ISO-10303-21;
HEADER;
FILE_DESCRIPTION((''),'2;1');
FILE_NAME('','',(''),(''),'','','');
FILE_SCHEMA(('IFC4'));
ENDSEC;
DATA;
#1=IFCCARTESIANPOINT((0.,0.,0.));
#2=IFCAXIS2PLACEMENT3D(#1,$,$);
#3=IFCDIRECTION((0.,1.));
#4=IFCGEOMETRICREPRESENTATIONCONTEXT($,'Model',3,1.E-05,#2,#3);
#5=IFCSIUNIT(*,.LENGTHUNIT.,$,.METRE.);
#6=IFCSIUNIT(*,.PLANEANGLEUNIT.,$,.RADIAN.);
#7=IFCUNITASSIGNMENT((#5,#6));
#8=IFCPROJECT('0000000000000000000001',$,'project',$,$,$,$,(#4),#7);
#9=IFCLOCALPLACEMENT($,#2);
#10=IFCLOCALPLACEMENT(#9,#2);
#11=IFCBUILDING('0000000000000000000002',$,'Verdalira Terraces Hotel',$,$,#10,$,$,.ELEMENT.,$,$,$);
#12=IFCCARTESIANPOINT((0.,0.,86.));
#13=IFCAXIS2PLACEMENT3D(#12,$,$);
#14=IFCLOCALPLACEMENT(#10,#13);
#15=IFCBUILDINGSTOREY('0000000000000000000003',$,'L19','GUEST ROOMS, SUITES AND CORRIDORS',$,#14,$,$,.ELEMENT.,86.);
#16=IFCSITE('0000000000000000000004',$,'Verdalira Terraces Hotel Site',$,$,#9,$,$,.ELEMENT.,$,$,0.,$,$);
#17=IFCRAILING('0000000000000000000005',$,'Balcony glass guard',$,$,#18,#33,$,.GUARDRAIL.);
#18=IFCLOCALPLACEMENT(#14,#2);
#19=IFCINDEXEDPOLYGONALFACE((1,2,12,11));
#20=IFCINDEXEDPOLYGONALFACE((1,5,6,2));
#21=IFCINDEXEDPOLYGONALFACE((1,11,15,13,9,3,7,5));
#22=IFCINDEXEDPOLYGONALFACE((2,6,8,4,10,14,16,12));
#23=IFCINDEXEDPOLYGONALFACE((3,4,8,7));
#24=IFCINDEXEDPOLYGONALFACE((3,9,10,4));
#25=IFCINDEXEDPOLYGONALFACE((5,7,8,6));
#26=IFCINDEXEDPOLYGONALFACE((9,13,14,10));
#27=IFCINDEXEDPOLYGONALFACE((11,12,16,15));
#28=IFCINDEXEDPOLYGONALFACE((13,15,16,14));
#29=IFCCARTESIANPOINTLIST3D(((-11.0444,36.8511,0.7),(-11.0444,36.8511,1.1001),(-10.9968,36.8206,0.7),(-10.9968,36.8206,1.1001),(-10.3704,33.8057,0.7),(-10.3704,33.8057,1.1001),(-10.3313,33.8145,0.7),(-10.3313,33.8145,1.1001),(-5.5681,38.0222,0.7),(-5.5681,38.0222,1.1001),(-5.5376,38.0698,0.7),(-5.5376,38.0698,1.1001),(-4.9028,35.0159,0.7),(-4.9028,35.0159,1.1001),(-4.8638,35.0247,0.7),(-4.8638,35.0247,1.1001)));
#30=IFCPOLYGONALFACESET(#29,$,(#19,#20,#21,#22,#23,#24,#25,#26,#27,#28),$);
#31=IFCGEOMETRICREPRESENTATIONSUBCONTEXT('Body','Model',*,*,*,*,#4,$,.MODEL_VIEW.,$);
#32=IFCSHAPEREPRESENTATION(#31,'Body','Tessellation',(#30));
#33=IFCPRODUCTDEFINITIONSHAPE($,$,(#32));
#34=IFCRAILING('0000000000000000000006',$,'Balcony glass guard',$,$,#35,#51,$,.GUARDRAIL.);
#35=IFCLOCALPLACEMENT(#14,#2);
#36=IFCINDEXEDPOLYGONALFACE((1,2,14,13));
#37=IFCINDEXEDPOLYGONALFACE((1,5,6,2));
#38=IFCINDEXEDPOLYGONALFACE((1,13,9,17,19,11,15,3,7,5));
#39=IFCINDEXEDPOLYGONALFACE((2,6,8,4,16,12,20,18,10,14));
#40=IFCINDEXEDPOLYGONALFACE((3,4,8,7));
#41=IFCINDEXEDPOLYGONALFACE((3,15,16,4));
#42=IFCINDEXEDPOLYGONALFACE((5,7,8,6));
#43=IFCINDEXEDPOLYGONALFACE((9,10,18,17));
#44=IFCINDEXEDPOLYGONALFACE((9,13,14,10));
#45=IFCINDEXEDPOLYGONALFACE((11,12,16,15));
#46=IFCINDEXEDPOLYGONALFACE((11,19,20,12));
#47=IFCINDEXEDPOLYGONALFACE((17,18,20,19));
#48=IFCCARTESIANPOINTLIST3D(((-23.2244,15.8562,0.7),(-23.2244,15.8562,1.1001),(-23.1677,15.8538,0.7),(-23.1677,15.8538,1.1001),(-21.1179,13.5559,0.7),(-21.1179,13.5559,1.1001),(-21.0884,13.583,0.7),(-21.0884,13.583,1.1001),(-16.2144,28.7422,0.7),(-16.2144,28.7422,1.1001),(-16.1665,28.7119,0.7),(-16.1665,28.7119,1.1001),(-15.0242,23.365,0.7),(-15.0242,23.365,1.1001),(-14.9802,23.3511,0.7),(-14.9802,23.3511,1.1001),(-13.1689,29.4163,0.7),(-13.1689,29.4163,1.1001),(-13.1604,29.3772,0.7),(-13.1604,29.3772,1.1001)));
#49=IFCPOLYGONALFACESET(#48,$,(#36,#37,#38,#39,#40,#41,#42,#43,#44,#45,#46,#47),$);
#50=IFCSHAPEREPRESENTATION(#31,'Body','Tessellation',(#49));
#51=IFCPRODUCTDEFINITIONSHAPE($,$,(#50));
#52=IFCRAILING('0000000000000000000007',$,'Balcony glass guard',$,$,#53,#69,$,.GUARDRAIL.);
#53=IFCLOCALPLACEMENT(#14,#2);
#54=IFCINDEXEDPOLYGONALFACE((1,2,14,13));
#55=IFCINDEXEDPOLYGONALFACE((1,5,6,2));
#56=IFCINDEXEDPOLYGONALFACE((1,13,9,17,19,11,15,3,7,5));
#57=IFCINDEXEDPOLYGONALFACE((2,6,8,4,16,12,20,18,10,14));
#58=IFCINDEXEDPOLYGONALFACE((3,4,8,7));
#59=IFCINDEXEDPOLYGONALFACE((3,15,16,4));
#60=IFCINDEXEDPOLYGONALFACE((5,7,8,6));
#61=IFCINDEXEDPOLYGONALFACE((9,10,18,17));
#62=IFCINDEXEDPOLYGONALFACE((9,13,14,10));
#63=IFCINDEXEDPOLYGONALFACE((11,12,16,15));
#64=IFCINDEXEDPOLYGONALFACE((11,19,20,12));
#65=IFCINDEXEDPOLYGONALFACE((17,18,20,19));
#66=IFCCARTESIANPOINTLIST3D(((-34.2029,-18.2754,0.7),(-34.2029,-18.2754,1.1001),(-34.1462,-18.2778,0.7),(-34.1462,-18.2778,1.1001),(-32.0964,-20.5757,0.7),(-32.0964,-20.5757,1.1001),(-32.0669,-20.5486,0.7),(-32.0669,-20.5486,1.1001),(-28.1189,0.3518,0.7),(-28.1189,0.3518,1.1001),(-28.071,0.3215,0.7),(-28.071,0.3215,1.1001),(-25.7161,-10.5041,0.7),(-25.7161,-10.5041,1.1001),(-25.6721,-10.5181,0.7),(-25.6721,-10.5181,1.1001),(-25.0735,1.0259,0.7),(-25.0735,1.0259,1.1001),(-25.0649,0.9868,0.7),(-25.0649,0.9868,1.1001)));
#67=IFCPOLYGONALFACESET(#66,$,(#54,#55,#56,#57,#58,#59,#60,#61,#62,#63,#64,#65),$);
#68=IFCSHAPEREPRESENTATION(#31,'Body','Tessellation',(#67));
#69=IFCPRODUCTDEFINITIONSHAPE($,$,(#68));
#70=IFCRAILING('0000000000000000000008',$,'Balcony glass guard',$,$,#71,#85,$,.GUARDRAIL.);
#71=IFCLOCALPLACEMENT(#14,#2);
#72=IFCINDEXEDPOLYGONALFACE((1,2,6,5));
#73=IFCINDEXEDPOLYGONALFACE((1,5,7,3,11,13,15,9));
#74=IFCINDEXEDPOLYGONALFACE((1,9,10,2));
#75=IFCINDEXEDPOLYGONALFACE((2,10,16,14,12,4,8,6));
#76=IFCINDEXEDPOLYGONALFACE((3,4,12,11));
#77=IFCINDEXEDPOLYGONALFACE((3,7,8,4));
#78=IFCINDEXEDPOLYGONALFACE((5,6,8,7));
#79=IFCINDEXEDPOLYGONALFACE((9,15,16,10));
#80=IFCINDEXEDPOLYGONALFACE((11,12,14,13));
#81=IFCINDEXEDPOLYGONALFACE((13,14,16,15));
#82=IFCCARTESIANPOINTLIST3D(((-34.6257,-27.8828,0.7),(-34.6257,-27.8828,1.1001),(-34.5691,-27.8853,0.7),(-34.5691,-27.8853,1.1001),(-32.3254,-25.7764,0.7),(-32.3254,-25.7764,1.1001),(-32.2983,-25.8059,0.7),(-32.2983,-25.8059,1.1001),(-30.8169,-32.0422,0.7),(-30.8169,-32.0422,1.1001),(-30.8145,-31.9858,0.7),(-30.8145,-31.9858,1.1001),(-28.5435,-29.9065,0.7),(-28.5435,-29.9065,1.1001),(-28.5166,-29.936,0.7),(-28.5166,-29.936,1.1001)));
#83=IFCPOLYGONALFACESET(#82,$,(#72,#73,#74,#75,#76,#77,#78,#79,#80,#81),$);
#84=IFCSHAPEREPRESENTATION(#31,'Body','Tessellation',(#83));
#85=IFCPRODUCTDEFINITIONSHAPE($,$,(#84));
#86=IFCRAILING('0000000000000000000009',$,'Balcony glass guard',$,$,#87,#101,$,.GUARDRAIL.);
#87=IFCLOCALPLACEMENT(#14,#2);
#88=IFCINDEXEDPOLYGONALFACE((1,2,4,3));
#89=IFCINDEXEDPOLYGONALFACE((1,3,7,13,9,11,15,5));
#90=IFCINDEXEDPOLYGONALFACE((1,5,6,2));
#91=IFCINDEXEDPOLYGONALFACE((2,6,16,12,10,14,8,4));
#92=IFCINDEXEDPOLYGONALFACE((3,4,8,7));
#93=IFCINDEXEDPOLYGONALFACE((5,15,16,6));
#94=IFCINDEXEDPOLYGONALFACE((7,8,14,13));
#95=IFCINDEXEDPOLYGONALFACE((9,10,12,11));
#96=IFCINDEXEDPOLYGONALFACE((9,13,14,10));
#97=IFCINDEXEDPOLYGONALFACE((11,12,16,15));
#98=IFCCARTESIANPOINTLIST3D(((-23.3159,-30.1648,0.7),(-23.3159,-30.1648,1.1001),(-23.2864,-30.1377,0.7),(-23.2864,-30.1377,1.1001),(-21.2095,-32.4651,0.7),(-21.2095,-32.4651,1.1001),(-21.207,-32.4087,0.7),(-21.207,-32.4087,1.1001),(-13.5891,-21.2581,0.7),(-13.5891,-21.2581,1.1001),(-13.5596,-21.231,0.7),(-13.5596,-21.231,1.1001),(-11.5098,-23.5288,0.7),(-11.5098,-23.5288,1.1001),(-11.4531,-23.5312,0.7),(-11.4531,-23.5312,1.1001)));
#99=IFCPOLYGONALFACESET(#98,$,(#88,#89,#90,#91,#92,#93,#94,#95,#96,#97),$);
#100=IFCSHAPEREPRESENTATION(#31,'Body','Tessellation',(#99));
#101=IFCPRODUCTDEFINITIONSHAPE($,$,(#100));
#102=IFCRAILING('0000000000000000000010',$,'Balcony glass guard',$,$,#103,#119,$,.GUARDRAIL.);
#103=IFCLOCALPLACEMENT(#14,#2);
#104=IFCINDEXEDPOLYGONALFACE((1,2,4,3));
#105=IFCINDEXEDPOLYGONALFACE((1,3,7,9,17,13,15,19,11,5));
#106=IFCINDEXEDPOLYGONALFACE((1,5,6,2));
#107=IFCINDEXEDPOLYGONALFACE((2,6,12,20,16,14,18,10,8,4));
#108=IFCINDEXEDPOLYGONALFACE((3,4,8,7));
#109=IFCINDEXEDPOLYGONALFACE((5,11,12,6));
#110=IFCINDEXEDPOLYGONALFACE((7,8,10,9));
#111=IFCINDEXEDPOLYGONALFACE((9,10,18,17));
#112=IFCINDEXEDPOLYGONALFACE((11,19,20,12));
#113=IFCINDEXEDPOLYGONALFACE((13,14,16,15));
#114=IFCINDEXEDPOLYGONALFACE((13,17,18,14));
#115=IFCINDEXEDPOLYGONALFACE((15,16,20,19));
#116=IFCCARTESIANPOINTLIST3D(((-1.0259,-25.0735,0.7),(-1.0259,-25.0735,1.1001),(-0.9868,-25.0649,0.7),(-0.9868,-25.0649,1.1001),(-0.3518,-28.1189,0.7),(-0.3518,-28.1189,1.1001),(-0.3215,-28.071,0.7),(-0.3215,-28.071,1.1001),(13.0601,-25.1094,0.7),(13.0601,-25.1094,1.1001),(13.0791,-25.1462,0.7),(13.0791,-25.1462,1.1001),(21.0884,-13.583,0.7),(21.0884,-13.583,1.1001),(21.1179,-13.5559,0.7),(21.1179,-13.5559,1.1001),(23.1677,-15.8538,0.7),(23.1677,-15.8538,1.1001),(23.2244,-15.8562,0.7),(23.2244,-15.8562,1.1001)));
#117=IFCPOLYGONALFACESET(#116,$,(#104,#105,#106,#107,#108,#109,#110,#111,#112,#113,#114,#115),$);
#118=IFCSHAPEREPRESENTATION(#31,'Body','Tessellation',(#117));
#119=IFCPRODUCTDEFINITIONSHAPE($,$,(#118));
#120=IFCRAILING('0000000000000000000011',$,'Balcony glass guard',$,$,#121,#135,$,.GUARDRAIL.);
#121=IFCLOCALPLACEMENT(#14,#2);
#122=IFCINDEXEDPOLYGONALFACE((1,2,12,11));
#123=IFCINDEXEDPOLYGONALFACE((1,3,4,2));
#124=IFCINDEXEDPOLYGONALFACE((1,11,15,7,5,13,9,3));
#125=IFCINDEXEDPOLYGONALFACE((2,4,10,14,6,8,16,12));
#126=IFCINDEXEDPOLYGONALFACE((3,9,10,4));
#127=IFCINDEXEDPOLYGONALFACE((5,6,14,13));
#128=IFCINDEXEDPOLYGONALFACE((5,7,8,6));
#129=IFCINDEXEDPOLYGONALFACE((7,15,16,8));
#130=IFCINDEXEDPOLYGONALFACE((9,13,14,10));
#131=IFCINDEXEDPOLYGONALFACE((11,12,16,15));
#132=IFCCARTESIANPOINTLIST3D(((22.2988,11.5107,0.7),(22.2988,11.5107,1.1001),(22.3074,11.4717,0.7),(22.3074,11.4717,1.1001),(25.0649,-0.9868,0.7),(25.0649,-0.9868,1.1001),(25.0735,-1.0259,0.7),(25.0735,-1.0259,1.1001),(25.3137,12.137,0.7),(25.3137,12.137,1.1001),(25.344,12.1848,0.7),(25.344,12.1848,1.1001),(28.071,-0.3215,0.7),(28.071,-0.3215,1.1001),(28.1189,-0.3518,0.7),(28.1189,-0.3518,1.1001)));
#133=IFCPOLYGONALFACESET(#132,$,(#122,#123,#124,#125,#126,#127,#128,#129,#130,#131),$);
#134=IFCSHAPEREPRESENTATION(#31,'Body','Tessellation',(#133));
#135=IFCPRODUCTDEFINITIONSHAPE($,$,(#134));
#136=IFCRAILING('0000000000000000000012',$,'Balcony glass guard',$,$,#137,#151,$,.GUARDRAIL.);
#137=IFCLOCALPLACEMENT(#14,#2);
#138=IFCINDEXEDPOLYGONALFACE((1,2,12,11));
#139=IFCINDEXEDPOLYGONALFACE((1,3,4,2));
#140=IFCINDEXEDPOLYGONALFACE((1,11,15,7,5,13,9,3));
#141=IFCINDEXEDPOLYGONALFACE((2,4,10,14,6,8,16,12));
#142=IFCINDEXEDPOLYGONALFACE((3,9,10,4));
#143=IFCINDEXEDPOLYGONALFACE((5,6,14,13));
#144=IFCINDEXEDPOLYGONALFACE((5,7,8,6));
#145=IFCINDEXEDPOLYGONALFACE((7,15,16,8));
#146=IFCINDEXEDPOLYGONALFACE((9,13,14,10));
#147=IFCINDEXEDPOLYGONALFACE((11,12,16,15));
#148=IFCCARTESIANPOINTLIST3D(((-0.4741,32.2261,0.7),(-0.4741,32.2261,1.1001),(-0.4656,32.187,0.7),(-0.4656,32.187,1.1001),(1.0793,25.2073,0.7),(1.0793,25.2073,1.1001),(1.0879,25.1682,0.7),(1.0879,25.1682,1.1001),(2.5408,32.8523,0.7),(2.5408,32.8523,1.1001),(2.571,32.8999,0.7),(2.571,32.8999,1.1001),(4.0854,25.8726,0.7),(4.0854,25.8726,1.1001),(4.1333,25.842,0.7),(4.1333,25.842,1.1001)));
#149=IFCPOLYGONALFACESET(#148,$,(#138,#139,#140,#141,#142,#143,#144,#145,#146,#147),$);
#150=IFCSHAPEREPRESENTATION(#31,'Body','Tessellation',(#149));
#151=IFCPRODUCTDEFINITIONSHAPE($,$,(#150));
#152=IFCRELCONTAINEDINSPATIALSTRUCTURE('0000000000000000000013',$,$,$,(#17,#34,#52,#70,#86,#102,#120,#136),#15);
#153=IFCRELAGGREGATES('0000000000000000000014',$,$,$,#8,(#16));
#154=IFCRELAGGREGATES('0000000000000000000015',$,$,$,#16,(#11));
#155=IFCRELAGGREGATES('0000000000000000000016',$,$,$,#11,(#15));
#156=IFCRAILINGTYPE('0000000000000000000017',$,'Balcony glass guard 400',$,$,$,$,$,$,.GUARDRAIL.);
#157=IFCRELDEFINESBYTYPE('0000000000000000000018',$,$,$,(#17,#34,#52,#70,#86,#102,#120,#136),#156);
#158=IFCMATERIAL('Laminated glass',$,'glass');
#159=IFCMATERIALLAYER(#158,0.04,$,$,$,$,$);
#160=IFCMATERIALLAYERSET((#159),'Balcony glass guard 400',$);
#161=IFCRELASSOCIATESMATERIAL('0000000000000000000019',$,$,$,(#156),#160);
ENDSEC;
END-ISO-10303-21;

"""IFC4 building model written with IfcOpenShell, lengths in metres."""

from ifc_helpers import new_model, si_unit, direction, frame, origin, place, context, subcontext, project, spatial, polyline, outline, extrude, material, layer, layer_set, type_object, element, save


model = new_model("IFC4")

# Units and contexts
model_context = context("Model", 3, precision=1e-05, world=origin(), true_north=direction((0.0, 1.0)))
body_context = subcontext(model_context, "Body", "Model", "MODEL_VIEW")
ifc_project = project(units=[si_unit("LENGTHUNIT", "METRE"), si_unit("PLANEANGLEUNIT", "RADIAN")], contexts=[model_context])

# Site, building, storey
site_placement = place(None, origin())
site = spatial("IfcSite", under=ifc_project, at=site_placement, Name="Verdalira Terraces Hotel Site", CompositionType="ELEMENT", RefElevation=0.0)
building_placement = place(site_placement, origin())
building = spatial("IfcBuilding", under=site, at=building_placement, Name="Verdalira Terraces Hotel", CompositionType="ELEMENT")
storey_placement = place(building_placement, frame((0.0, 0.0, 86.0)))
storey = spatial("IfcBuildingStorey", under=building, at=storey_placement, Name="L19", Description="GUEST ROOMS, SUITES AND CORRIDORS", CompositionType="ELEMENT", Elevation=86.0)

# Railings
ifc_material_1 = material(Name="Laminated glass", Category="glass")
ifc_layer_1 = layer(ifc_material_1, 0.04)
ifc_layer_set_1 = layer_set([ifc_layer_1], Name="Balcony glass guard 400")
railing_type = type_object("IfcRailingType", Name="Balcony glass guard 400", PredefinedType="GUARDRAIL", material=ifc_layer_set_1)
railing_1_placement = place(storey_placement, frame((0.0, 0.0, 0.7)))
element("IfcRailing", 1, at=railing_1_placement, inside=storey, type_object=railing_type, Name="Balcony glass guard", PredefinedType="GUARDRAIL", context=body_context, shape_type="SweptSolid", body=[
    extrude(outline(polyline([(-5.5681, 38.0222), (-10.9968, 36.8206), (-10.3313, 33.8145), (-10.3704, 33.8057), (-11.0444, 36.8511), (-5.5376, 38.0698), (-4.8638, 35.0247), (-4.9028, 35.0159), (-5.5681, 38.0222)])), origin(), (0.0, 0.0, 1.0), 0.4001),
])
railing_2_placement = place(storey_placement, frame((0.0, 0.0, 0.7)))
element("IfcRailing", 2, at=railing_2_placement, inside=storey, type_object=railing_type, Name="Balcony glass guard", PredefinedType="GUARDRAIL", context=body_context, shape_type="SweptSolid", body=[
    extrude(outline(polyline([(-16.1665, 28.7119), (-14.9802, 23.3511), (-23.1677, 15.8538), (-21.0884, 13.583), (-21.1179, 13.5559), (-23.2244, 15.8562), (-15.0242, 23.365), (-16.2144, 28.7422), (-13.1689, 29.4163), (-13.1604, 29.3772), (-16.1665, 28.7119)])), origin(), (0.0, 0.0, 1.0), 0.4001),
])
railing_3_placement = place(storey_placement, frame((0.0, 0.0, 0.7)))
element("IfcRailing", 3, at=railing_3_placement, inside=storey, type_object=railing_type, Name="Balcony glass guard", PredefinedType="GUARDRAIL", context=body_context, shape_type="SweptSolid", body=[
    extrude(outline(polyline([(-28.071, 0.3215), (-25.6721, -10.5181), (-34.1462, -18.2778), (-32.0669, -20.5486), (-32.0964, -20.5757), (-34.2029, -18.2754), (-25.7161, -10.5041), (-28.1189, 0.3518), (-25.0735, 1.0259), (-25.0649, 0.9868), (-28.071, 0.3215)])), origin(), (0.0, 0.0, 1.0), 0.4001),
])
railing_4_placement = place(storey_placement, frame((0.0, 0.0, 0.7)))
element("IfcRailing", 4, at=railing_4_placement, inside=storey, type_object=railing_type, Name="Balcony glass guard", PredefinedType="GUARDRAIL", context=body_context, shape_type="SweptSolid", body=[
    extrude(outline(polyline([(-34.5691, -27.8853), (-30.8145, -31.9858), (-28.5435, -29.9065), (-28.5166, -29.936), (-30.8169, -32.0422), (-34.6257, -27.8828), (-32.3254, -25.7764), (-32.2983, -25.8059), (-34.5691, -27.8853)])), origin(), (0.0, 0.0, 1.0), 0.4001),
])
railing_5_placement = place(storey_placement, frame((0.0, 0.0, 0.7)))
element("IfcRailing", 5, at=railing_5_placement, inside=storey, type_object=railing_type, Name="Balcony glass guard", PredefinedType="GUARDRAIL", context=body_context, shape_type="SweptSolid", body=[
    extrude(outline(polyline([(-21.207, -32.4087), (-11.5098, -23.5288), (-13.5891, -21.2581), (-13.5596, -21.231), (-11.4531, -23.5312), (-21.2095, -32.4651), (-23.3159, -30.1648), (-23.2864, -30.1377), (-21.207, -32.4087)])), origin(), (0.0, 0.0, 1.0), 0.4001),
])
railing_6_placement = place(storey_placement, frame((0.0, 0.0, 0.7)))
element("IfcRailing", 6, at=railing_6_placement, inside=storey, type_object=railing_type, Name="Balcony glass guard", PredefinedType="GUARDRAIL", context=body_context, shape_type="SweptSolid", body=[
    extrude(outline(polyline([(-0.3215, -28.071), (13.0601, -25.1094), (23.1677, -15.8538), (21.0884, -13.583), (21.1179, -13.5559), (23.2244, -15.8562), (13.0791, -25.1462), (-0.3518, -28.1189), (-1.0259, -25.0735), (-0.9868, -25.0649), (-0.3215, -28.071)])), origin(), (0.0, 0.0, 1.0), 0.4001),
])
railing_7_placement = place(storey_placement, frame((0.0, 0.0, 0.7)))
element("IfcRailing", 7, at=railing_7_placement, inside=storey, type_object=railing_type, Name="Balcony glass guard", PredefinedType="GUARDRAIL", context=body_context, shape_type="SweptSolid", body=[
    extrude(outline(polyline([(28.071, -0.3215), (25.3137, 12.137), (22.3074, 11.4717), (22.2988, 11.5107), (25.344, 12.1848), (28.1189, -0.3518), (25.0735, -1.0259), (25.0649, -0.9868), (28.071, -0.3215)])), origin(), (0.0, 0.0, 1.0), 0.4001),
])
railing_8_placement = place(storey_placement, frame((0.0, 0.0, 0.7)))
element("IfcRailing", 8, at=railing_8_placement, inside=storey, type_object=railing_type, Name="Balcony glass guard", PredefinedType="GUARDRAIL", context=body_context, shape_type="SweptSolid", body=[
    extrude(outline(polyline([(4.0854, 25.8726), (2.5408, 32.8523), (-0.4656, 32.187), (-0.4741, 32.2261), (2.571, 32.8999), (4.1333, 25.842), (1.0879, 25.1682), (1.0793, 25.2073), (4.0854, 25.8726)])), origin(), (0.0, 0.0, 1.0), 0.4001),
])

save(model, "model.ifc")
